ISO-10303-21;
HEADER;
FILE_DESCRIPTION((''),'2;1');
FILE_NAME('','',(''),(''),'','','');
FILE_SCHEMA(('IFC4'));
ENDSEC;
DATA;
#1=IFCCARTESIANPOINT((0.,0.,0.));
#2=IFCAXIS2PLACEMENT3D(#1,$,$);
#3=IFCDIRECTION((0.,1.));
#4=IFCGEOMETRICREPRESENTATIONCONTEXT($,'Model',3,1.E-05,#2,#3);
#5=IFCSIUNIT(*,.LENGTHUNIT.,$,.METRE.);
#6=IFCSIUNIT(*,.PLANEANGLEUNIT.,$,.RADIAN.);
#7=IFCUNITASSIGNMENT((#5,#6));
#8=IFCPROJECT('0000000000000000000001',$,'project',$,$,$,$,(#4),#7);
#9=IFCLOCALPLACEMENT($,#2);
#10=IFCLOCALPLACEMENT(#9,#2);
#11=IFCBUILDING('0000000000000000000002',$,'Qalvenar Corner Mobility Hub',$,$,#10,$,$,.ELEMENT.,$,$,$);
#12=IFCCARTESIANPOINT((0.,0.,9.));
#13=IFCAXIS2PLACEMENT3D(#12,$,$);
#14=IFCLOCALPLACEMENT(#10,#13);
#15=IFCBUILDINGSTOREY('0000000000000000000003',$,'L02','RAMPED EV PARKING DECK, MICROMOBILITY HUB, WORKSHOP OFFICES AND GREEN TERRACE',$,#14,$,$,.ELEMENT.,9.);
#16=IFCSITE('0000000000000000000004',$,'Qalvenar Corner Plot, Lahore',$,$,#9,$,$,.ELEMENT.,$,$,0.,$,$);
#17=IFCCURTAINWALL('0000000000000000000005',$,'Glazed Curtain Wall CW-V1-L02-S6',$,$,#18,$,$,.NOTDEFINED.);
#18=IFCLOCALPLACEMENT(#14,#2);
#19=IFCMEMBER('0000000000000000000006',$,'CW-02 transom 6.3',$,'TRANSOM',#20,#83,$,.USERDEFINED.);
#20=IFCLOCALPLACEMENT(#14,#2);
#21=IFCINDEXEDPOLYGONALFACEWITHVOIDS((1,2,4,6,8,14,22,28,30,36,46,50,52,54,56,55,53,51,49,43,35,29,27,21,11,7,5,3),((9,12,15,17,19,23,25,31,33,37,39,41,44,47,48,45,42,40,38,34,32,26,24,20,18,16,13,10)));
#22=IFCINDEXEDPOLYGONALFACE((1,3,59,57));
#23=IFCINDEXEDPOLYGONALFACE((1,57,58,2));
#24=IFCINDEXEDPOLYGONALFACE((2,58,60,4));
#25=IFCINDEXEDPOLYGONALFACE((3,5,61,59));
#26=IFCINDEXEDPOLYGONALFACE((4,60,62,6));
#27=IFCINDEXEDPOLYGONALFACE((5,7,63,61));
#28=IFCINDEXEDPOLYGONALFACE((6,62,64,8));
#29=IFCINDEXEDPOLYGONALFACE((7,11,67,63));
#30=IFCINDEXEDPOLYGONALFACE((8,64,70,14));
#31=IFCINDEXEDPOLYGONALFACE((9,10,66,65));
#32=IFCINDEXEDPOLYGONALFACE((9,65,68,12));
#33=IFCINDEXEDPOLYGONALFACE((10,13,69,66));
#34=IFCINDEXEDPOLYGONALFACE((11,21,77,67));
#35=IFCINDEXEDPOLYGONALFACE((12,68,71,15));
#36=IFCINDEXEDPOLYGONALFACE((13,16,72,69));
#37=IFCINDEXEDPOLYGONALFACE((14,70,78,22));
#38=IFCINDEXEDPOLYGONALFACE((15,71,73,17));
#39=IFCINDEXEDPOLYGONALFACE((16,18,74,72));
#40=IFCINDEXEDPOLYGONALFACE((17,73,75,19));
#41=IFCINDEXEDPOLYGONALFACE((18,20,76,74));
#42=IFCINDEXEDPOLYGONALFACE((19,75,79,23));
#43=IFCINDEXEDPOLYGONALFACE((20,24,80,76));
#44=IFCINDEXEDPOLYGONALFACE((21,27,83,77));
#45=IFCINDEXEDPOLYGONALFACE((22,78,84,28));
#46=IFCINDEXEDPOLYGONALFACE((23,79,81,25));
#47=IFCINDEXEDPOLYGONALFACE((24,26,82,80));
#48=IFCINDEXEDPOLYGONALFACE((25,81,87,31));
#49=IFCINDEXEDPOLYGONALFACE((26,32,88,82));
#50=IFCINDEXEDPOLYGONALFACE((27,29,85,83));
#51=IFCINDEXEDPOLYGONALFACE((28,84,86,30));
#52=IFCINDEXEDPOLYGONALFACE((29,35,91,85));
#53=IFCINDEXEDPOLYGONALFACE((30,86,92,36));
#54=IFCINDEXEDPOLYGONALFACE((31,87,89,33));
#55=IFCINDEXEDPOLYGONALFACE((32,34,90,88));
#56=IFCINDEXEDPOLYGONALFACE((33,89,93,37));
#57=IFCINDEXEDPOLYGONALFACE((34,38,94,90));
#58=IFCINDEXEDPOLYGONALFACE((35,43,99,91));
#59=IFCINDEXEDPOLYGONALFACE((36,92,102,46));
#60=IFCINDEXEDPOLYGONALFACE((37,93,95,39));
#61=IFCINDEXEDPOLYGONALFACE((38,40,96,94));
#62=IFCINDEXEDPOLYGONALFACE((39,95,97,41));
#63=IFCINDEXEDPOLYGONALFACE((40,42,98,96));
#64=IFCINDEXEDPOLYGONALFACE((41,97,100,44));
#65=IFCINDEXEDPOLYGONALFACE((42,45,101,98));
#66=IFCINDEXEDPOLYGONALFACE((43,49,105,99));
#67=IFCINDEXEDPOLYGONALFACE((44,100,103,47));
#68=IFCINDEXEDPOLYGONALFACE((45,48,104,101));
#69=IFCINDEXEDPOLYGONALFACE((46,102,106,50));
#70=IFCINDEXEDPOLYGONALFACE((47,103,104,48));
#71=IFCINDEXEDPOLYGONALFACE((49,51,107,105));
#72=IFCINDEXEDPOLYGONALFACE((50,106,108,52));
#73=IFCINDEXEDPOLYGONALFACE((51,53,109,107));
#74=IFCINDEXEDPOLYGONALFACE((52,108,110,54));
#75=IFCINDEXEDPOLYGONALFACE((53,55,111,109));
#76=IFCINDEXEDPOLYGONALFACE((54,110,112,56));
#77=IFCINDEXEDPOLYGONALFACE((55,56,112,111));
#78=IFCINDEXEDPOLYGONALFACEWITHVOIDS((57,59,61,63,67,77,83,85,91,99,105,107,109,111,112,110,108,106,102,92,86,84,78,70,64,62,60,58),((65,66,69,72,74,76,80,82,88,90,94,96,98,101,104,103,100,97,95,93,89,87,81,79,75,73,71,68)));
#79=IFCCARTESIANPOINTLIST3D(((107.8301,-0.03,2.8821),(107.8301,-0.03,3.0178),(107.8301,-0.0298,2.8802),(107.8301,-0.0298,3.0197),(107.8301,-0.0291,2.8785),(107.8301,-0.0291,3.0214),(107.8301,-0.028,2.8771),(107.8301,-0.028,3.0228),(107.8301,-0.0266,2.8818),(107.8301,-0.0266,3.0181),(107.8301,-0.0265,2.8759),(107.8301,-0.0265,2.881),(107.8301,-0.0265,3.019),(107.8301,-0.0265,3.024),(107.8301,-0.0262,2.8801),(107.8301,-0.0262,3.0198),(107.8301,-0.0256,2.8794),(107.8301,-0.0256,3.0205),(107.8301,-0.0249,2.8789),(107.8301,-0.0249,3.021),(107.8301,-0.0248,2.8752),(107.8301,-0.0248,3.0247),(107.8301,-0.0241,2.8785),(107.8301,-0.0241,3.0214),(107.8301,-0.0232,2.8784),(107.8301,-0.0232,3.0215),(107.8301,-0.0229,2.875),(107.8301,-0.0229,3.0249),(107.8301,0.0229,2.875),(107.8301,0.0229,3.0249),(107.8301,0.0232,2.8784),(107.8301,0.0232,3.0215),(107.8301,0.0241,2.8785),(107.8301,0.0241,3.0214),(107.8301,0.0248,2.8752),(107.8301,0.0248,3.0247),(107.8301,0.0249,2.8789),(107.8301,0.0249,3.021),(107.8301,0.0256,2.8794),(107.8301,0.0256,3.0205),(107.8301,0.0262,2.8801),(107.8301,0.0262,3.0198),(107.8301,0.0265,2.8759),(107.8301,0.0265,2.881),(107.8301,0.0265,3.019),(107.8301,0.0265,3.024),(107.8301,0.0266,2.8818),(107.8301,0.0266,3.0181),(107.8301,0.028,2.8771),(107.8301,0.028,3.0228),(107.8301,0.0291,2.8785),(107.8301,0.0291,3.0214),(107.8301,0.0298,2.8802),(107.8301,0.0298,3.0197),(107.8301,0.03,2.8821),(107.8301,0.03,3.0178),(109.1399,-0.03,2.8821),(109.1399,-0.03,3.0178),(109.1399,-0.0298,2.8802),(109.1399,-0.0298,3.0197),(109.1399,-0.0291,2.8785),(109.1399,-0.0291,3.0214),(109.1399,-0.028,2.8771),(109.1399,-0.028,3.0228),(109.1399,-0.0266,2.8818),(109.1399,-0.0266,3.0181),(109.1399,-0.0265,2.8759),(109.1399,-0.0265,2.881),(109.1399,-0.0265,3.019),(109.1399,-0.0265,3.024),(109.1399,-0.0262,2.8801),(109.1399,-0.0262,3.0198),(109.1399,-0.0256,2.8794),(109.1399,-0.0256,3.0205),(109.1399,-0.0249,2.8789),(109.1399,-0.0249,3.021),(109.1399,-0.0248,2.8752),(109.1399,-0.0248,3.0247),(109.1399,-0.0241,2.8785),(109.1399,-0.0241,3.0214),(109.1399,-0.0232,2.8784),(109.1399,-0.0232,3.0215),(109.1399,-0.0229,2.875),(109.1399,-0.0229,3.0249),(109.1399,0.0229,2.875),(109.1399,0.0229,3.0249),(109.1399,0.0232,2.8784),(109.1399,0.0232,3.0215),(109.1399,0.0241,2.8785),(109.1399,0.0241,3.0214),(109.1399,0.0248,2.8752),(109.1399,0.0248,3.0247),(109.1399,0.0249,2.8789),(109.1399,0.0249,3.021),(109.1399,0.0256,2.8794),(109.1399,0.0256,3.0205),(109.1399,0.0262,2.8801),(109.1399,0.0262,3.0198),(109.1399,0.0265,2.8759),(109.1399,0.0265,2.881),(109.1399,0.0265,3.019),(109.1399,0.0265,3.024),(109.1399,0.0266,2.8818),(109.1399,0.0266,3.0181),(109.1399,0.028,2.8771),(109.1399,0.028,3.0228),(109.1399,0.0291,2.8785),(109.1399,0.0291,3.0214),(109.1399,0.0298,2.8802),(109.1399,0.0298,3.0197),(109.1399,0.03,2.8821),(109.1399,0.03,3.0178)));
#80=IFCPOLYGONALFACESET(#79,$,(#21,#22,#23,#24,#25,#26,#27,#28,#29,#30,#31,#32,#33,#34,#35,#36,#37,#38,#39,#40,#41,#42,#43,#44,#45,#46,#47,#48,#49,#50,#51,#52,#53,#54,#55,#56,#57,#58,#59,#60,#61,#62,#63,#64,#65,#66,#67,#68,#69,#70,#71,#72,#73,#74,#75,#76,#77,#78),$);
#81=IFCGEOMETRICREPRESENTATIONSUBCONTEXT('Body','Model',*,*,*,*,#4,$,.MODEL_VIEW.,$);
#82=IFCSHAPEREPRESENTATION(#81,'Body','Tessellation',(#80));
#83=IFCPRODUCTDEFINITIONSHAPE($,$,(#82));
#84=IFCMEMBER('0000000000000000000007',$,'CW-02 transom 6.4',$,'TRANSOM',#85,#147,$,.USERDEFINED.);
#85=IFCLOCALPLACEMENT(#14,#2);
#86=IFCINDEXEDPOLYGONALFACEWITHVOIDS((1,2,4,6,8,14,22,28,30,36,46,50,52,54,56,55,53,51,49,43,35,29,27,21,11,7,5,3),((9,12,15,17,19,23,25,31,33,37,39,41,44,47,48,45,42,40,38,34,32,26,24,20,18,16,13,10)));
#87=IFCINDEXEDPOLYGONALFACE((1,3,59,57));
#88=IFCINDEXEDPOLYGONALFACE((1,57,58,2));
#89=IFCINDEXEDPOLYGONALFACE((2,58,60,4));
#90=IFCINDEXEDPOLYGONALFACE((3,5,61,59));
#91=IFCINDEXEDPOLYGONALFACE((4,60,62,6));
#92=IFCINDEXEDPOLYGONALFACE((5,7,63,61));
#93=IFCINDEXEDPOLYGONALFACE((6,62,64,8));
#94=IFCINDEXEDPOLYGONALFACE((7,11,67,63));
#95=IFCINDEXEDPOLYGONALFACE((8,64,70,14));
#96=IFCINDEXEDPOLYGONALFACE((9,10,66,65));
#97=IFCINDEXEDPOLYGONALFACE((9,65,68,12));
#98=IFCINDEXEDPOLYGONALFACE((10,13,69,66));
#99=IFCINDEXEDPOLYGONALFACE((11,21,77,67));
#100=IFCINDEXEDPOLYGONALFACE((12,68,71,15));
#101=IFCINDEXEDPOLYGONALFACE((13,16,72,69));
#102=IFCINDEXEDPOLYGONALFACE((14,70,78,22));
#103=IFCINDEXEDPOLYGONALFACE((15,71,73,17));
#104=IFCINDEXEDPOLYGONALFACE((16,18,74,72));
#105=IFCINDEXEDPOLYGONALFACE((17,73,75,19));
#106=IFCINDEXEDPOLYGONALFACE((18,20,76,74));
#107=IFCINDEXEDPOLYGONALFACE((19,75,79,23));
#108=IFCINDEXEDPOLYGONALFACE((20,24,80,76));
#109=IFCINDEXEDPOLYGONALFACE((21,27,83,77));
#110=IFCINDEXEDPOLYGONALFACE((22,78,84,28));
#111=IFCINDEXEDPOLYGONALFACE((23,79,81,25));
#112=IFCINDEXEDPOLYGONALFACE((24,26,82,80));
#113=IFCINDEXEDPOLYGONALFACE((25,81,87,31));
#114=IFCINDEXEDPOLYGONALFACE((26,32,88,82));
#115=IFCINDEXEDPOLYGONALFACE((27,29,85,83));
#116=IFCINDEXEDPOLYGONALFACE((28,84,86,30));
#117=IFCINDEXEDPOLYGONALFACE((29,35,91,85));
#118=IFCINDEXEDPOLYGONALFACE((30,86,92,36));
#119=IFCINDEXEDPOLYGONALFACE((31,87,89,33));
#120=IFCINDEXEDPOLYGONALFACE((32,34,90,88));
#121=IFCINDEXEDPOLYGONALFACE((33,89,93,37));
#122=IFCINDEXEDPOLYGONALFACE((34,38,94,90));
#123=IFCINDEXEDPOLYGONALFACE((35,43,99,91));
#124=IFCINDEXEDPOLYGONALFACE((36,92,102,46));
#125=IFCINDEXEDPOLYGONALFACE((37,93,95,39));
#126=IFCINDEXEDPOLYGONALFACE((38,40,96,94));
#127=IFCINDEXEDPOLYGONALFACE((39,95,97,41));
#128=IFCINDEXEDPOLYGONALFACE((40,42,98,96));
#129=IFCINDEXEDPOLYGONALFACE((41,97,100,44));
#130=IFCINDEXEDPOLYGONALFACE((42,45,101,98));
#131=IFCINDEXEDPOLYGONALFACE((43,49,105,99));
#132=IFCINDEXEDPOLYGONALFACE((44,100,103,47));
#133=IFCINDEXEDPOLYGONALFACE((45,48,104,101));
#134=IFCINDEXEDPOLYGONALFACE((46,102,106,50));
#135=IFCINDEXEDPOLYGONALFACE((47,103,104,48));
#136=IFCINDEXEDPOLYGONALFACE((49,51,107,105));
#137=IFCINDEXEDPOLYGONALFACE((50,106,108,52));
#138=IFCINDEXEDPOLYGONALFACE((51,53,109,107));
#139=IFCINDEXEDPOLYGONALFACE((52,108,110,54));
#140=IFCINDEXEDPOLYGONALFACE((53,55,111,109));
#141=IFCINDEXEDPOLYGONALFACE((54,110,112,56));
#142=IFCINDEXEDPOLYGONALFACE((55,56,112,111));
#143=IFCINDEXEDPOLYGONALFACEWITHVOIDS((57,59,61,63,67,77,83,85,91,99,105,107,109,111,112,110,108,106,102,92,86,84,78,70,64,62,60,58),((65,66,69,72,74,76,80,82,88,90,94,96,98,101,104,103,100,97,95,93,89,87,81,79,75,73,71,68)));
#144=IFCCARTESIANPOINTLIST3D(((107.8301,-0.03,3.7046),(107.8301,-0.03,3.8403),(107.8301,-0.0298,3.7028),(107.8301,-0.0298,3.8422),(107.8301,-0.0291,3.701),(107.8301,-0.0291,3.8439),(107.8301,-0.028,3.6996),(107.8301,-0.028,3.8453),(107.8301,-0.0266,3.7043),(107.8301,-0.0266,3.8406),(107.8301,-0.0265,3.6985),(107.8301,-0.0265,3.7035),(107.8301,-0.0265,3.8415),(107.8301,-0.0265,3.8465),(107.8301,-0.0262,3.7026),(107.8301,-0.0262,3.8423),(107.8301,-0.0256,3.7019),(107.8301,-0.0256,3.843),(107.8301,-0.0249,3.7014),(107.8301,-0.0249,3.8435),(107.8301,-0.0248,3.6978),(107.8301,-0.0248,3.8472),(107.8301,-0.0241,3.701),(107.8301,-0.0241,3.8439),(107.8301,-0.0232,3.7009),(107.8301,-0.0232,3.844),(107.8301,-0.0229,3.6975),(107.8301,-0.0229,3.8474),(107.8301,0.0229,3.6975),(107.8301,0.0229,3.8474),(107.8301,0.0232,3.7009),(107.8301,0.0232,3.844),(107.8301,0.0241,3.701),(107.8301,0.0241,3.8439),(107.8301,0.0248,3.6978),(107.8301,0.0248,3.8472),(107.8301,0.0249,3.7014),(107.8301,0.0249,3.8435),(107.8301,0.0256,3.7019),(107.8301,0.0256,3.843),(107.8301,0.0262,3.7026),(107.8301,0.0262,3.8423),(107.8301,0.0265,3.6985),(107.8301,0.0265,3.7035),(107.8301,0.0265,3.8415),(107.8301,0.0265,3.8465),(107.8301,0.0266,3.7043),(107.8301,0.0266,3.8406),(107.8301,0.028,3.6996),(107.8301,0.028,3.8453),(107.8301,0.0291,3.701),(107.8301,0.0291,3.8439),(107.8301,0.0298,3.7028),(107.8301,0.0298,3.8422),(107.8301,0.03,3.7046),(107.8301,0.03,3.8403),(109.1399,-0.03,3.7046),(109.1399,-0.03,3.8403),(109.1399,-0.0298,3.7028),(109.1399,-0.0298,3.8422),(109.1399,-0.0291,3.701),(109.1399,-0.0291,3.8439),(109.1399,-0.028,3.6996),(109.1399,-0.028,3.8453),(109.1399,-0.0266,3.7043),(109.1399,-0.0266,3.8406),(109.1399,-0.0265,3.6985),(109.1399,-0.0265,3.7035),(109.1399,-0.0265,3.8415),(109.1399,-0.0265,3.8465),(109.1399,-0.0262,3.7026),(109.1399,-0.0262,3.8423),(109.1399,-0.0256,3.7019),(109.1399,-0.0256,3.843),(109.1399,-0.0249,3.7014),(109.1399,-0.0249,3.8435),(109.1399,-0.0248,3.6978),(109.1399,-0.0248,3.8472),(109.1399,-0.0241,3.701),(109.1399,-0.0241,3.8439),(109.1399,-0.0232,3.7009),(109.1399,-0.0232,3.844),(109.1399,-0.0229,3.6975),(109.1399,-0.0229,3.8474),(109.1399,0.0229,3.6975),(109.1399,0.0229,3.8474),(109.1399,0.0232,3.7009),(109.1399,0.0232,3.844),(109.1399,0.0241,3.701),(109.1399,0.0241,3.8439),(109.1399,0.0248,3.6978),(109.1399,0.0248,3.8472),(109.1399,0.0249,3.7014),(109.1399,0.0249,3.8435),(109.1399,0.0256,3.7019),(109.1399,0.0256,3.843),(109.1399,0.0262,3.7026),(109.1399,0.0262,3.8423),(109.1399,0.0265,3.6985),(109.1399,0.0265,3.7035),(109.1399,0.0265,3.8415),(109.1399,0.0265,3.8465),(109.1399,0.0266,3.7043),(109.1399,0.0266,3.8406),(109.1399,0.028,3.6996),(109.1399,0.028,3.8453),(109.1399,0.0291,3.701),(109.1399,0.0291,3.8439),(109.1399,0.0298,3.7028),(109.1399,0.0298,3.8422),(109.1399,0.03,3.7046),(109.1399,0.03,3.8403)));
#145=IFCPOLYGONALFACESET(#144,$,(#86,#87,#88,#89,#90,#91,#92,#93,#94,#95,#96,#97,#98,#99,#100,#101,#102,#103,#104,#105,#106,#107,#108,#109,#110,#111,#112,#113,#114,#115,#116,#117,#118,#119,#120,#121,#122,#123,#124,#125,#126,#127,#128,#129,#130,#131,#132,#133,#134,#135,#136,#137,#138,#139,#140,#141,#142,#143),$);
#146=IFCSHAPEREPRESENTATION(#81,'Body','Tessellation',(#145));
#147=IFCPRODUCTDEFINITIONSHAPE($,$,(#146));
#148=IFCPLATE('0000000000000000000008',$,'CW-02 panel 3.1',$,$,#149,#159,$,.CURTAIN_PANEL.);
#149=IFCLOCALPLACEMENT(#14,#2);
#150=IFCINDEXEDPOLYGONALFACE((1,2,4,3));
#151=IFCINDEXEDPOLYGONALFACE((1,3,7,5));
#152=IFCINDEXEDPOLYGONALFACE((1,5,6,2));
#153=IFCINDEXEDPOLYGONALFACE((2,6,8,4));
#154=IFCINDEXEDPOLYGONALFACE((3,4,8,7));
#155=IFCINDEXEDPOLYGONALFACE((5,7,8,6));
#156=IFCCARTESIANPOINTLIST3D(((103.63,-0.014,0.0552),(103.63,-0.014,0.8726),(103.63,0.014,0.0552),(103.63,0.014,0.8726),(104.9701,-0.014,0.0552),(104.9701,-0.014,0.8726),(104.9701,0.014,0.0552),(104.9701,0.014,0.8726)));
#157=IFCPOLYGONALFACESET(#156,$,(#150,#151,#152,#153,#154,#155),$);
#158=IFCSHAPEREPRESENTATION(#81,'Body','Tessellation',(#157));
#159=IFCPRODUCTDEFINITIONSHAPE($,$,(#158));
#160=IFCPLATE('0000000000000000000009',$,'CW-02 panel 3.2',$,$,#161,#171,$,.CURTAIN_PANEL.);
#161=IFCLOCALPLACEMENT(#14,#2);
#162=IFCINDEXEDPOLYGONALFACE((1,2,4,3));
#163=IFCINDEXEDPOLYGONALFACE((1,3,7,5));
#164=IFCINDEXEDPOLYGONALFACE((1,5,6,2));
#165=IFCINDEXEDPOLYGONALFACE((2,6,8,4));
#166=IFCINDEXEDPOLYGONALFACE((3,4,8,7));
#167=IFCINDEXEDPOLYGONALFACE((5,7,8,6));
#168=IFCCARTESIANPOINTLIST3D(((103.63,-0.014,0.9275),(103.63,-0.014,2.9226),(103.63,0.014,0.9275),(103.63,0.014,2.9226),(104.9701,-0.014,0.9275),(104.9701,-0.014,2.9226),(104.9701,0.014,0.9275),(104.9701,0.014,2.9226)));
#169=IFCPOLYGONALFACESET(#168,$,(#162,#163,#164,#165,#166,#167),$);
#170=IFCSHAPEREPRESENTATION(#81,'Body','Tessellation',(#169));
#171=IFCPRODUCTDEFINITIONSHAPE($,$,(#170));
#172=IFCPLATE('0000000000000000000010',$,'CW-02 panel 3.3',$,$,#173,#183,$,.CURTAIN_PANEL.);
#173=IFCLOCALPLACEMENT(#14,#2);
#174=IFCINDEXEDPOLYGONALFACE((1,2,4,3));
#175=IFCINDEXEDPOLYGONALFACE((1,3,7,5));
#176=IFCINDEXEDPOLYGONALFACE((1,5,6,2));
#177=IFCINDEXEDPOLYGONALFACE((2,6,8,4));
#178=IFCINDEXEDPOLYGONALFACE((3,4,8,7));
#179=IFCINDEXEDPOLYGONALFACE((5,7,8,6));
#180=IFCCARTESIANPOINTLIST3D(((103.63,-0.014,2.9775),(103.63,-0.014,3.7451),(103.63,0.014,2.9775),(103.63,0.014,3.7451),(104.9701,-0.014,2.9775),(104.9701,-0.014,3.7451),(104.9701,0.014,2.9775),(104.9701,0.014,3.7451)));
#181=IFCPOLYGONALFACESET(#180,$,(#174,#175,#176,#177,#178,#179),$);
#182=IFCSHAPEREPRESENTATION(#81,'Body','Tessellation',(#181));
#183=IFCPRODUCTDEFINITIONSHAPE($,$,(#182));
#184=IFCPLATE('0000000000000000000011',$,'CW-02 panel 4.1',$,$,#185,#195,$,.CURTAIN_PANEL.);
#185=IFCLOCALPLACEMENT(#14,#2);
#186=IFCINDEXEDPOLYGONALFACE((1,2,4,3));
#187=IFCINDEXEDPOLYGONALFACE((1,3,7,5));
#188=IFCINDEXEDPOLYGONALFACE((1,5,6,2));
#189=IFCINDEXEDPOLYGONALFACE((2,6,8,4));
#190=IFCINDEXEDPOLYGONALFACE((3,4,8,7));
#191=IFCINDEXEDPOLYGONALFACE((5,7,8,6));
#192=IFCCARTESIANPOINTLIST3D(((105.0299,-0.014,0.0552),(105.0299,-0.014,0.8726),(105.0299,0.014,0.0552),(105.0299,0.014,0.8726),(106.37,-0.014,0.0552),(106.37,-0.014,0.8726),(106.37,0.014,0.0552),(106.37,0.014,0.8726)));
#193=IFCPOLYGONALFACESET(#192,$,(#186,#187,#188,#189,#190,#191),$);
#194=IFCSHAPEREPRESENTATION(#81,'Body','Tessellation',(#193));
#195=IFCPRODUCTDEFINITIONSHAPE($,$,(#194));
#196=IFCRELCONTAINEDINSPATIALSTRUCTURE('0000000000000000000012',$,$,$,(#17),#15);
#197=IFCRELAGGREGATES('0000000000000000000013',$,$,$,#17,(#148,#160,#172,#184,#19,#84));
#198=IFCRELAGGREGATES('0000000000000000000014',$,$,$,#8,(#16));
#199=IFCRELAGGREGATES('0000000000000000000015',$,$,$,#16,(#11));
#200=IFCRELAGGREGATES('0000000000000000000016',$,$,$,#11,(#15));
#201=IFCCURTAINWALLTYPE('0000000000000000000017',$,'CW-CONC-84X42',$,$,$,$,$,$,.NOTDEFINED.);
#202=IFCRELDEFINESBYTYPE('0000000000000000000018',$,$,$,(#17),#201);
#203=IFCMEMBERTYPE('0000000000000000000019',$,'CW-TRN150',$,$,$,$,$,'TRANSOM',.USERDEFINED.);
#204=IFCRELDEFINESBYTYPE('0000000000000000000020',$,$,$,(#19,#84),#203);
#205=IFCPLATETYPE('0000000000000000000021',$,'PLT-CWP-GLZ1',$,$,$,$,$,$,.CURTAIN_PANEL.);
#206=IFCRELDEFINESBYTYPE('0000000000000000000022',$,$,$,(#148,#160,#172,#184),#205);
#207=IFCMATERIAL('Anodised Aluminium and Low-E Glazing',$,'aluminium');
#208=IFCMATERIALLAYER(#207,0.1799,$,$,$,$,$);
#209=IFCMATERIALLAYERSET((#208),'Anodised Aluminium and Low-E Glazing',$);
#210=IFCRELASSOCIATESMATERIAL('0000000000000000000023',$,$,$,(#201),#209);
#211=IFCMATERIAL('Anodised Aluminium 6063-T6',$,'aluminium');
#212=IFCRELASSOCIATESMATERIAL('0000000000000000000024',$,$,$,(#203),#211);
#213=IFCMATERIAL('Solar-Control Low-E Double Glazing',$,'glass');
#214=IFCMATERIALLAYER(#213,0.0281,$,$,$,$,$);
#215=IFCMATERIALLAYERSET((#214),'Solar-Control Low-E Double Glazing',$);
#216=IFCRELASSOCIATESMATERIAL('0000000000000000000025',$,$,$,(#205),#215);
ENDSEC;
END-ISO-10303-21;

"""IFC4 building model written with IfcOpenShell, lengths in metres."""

from ifc_helpers import new_model, si_unit, direction, frame, origin, origin_2d, place, context, subcontext, project, spatial, rectangle, hollow_rectangle, extrude, material, layer, layer_set, material_profile, profile_set, type_object, element, aggregate, save


model = new_model("IFC4")

# Units and contexts
model_context = context("Model", 3, precision=1e-05, world=origin(), true_north=direction((0.0, 1.0)))
body_context = subcontext(model_context, "Body", "Model", "MODEL_VIEW")
ifc_project = project(units=[si_unit("LENGTHUNIT", "METRE"), si_unit("PLANEANGLEUNIT", "RADIAN")], contexts=[model_context])

# Site, building, storey
site_placement = place(None, origin())
site = spatial("IfcSite", under=ifc_project, at=site_placement, Name="Qalvenar Corner Plot, Lahore", CompositionType="ELEMENT", RefElevation=0.0)
building_placement = place(site_placement, origin())
building = spatial("IfcBuilding", under=site, at=building_placement, Name="Qalvenar Corner Mobility Hub", CompositionType="ELEMENT")
storey_placement = place(building_placement, frame((0.0, 0.0, 9.0)))
storey = spatial("IfcBuildingStorey", under=building, at=storey_placement, Name="L02", Description="RAMPED EV PARKING DECK, MICROMOBILITY HUB, WORKSHOP OFFICES AND GREEN TERRACE", CompositionType="ELEMENT", Elevation=9.0)

# Curtain wall, members, plates
ifc_material_1 = material(Name="Anodised Aluminium and Low-E Glazing", Category="aluminium")
ifc_layer_1 = layer(ifc_material_1, 0.1799)
ifc_layer_set_1 = layer_set([ifc_layer_1], Name="Anodised Aluminium and Low-E Glazing")
curtain_wall_type = type_object("IfcCurtainWallType", Name="CW-CONC-84X42", PredefinedType="NOTDEFINED", material=ifc_layer_set_1)
curtain_wall_placement = place(storey_placement, origin())
curtain_wall = element("IfcCurtainWall", 1, at=curtain_wall_placement, inside=storey, type_object=curtain_wall_type, Name="Glazed Curtain Wall CW-V1-L02-S6", PredefinedType="NOTDEFINED")
ifc_material_2 = material(Name="Anodised Aluminium 6063-T6", Category="aluminium")
ifc_material_profile_1 = material_profile(ifc_material_2, hollow_rectangle(XDim=0.0601, YDim=0.1499, WallThickness=0.0034, InnerFilletRadius=0.0034, OuterFilletRadius=0.0071, at=origin_2d()), Name="RHS150x60x3.5")
ifc_profile_set_1 = profile_set([ifc_material_profile_1], Name="Anodised Aluminium 6063-T6")
member_type_1 = type_object("IfcMemberType", Name="CW-TRN150", ElementType="TRANSOM", PredefinedType="USERDEFINED", material=ifc_profile_set_1)
member_1_placement = place(storey_placement, frame((107.8301, 0.0, 2.95), z_axis=(1.0, 0.0, 0.0), x_axis=(0.0, 1.0, 0.0)))
member_1 = element("IfcMember", 2, at=member_1_placement, type_object=member_type_1, Name="CW-02 transom 6.3", ObjectType="TRANSOM", PredefinedType="USERDEFINED", context=body_context, shape_type="SweptSolid", body=[
    extrude(hollow_rectangle(XDim=0.0601, YDim=0.1499, WallThickness=0.0034, InnerFilletRadius=0.0034, OuterFilletRadius=0.0071, at=origin_2d()), origin(), (0.0, 0.0, 1.0), 1.3098),
])
member_2_placement = place(storey_placement, frame((107.8301, 0.0, 3.7725), z_axis=(1.0, 0.0, 0.0), x_axis=(0.0, 1.0, 0.0)))
member_2 = element("IfcMember", 3, at=member_2_placement, type_object=member_type_1, Name="CW-02 transom 6.4", ObjectType="TRANSOM", PredefinedType="USERDEFINED", context=body_context, shape_type="SweptSolid", body=[
    extrude(hollow_rectangle(XDim=0.0601, YDim=0.1499, WallThickness=0.0034, InnerFilletRadius=0.0034, OuterFilletRadius=0.0071, at=origin_2d()), origin(), (0.0, 0.0, 1.0), 1.3098),
])
ifc_material_3 = material(Name="Solar-Control Low-E Double Glazing", Category="glass")
ifc_layer_2 = layer(ifc_material_3, 0.0281)
ifc_layer_set_2 = layer_set([ifc_layer_2], Name="Solar-Control Low-E Double Glazing")
plate_type = type_object("IfcPlateType", Name="PLT-CWP-GLZ1", PredefinedType="CURTAIN_PANEL", material=ifc_layer_set_2)
plate_1_placement = place(storey_placement, frame((104.3, 0.0, 0.0552), z_axis=(0.0, 0.0, 1.0), x_axis=(1.0, 0.0, 0.0)))
plate_1 = element("IfcPlate", 4, at=plate_1_placement, type_object=plate_type, Name="CW-02 panel 3.1", PredefinedType="CURTAIN_PANEL", context=body_context, shape_type="SweptSolid", body=[
    extrude(rectangle(XDim=1.3401, YDim=0.0281, at=origin_2d()), origin(), (0.0, 0.0, 1.0), 0.8174),
])
plate_2_placement = place(storey_placement, frame((104.3, 0.0, 0.9275), z_axis=(0.0, 0.0, 1.0), x_axis=(1.0, 0.0, 0.0)))
plate_2 = element("IfcPlate", 5, at=plate_2_placement, type_object=plate_type, Name="CW-02 panel 3.2", PredefinedType="CURTAIN_PANEL", context=body_context, shape_type="SweptSolid", body=[
    extrude(rectangle(XDim=1.3401, YDim=0.0281, at=origin_2d()), origin(), (0.0, 0.0, 1.0), 1.9951),
])
plate_3_placement = place(storey_placement, frame((104.3, 0.0, 2.9775), z_axis=(0.0, 0.0, 1.0), x_axis=(1.0, 0.0, 0.0)))
plate_3 = element("IfcPlate", 6, at=plate_3_placement, type_object=plate_type, Name="CW-02 panel 3.3", PredefinedType="CURTAIN_PANEL", context=body_context, shape_type="SweptSolid", body=[
    extrude(rectangle(XDim=1.3401, YDim=0.0281, at=origin_2d()), origin(), (0.0, 0.0, 1.0), 0.7676),
])
plate_4_placement = place(storey_placement, frame((105.7, 0.0, 0.0552), z_axis=(0.0, 0.0, 1.0), x_axis=(1.0, 0.0, 0.0)))
plate_4 = element("IfcPlate", 7, at=plate_4_placement, type_object=plate_type, Name="CW-02 panel 4.1", PredefinedType="CURTAIN_PANEL", context=body_context, shape_type="SweptSolid", body=[
    extrude(rectangle(XDim=1.3401, YDim=0.0281, at=origin_2d()), origin(), (0.0, 0.0, 1.0), 0.8174),
])
aggregate(curtain_wall, [plate_1, plate_2, plate_3, plate_4, member_1, member_2])

save(model, "model.ifc")
